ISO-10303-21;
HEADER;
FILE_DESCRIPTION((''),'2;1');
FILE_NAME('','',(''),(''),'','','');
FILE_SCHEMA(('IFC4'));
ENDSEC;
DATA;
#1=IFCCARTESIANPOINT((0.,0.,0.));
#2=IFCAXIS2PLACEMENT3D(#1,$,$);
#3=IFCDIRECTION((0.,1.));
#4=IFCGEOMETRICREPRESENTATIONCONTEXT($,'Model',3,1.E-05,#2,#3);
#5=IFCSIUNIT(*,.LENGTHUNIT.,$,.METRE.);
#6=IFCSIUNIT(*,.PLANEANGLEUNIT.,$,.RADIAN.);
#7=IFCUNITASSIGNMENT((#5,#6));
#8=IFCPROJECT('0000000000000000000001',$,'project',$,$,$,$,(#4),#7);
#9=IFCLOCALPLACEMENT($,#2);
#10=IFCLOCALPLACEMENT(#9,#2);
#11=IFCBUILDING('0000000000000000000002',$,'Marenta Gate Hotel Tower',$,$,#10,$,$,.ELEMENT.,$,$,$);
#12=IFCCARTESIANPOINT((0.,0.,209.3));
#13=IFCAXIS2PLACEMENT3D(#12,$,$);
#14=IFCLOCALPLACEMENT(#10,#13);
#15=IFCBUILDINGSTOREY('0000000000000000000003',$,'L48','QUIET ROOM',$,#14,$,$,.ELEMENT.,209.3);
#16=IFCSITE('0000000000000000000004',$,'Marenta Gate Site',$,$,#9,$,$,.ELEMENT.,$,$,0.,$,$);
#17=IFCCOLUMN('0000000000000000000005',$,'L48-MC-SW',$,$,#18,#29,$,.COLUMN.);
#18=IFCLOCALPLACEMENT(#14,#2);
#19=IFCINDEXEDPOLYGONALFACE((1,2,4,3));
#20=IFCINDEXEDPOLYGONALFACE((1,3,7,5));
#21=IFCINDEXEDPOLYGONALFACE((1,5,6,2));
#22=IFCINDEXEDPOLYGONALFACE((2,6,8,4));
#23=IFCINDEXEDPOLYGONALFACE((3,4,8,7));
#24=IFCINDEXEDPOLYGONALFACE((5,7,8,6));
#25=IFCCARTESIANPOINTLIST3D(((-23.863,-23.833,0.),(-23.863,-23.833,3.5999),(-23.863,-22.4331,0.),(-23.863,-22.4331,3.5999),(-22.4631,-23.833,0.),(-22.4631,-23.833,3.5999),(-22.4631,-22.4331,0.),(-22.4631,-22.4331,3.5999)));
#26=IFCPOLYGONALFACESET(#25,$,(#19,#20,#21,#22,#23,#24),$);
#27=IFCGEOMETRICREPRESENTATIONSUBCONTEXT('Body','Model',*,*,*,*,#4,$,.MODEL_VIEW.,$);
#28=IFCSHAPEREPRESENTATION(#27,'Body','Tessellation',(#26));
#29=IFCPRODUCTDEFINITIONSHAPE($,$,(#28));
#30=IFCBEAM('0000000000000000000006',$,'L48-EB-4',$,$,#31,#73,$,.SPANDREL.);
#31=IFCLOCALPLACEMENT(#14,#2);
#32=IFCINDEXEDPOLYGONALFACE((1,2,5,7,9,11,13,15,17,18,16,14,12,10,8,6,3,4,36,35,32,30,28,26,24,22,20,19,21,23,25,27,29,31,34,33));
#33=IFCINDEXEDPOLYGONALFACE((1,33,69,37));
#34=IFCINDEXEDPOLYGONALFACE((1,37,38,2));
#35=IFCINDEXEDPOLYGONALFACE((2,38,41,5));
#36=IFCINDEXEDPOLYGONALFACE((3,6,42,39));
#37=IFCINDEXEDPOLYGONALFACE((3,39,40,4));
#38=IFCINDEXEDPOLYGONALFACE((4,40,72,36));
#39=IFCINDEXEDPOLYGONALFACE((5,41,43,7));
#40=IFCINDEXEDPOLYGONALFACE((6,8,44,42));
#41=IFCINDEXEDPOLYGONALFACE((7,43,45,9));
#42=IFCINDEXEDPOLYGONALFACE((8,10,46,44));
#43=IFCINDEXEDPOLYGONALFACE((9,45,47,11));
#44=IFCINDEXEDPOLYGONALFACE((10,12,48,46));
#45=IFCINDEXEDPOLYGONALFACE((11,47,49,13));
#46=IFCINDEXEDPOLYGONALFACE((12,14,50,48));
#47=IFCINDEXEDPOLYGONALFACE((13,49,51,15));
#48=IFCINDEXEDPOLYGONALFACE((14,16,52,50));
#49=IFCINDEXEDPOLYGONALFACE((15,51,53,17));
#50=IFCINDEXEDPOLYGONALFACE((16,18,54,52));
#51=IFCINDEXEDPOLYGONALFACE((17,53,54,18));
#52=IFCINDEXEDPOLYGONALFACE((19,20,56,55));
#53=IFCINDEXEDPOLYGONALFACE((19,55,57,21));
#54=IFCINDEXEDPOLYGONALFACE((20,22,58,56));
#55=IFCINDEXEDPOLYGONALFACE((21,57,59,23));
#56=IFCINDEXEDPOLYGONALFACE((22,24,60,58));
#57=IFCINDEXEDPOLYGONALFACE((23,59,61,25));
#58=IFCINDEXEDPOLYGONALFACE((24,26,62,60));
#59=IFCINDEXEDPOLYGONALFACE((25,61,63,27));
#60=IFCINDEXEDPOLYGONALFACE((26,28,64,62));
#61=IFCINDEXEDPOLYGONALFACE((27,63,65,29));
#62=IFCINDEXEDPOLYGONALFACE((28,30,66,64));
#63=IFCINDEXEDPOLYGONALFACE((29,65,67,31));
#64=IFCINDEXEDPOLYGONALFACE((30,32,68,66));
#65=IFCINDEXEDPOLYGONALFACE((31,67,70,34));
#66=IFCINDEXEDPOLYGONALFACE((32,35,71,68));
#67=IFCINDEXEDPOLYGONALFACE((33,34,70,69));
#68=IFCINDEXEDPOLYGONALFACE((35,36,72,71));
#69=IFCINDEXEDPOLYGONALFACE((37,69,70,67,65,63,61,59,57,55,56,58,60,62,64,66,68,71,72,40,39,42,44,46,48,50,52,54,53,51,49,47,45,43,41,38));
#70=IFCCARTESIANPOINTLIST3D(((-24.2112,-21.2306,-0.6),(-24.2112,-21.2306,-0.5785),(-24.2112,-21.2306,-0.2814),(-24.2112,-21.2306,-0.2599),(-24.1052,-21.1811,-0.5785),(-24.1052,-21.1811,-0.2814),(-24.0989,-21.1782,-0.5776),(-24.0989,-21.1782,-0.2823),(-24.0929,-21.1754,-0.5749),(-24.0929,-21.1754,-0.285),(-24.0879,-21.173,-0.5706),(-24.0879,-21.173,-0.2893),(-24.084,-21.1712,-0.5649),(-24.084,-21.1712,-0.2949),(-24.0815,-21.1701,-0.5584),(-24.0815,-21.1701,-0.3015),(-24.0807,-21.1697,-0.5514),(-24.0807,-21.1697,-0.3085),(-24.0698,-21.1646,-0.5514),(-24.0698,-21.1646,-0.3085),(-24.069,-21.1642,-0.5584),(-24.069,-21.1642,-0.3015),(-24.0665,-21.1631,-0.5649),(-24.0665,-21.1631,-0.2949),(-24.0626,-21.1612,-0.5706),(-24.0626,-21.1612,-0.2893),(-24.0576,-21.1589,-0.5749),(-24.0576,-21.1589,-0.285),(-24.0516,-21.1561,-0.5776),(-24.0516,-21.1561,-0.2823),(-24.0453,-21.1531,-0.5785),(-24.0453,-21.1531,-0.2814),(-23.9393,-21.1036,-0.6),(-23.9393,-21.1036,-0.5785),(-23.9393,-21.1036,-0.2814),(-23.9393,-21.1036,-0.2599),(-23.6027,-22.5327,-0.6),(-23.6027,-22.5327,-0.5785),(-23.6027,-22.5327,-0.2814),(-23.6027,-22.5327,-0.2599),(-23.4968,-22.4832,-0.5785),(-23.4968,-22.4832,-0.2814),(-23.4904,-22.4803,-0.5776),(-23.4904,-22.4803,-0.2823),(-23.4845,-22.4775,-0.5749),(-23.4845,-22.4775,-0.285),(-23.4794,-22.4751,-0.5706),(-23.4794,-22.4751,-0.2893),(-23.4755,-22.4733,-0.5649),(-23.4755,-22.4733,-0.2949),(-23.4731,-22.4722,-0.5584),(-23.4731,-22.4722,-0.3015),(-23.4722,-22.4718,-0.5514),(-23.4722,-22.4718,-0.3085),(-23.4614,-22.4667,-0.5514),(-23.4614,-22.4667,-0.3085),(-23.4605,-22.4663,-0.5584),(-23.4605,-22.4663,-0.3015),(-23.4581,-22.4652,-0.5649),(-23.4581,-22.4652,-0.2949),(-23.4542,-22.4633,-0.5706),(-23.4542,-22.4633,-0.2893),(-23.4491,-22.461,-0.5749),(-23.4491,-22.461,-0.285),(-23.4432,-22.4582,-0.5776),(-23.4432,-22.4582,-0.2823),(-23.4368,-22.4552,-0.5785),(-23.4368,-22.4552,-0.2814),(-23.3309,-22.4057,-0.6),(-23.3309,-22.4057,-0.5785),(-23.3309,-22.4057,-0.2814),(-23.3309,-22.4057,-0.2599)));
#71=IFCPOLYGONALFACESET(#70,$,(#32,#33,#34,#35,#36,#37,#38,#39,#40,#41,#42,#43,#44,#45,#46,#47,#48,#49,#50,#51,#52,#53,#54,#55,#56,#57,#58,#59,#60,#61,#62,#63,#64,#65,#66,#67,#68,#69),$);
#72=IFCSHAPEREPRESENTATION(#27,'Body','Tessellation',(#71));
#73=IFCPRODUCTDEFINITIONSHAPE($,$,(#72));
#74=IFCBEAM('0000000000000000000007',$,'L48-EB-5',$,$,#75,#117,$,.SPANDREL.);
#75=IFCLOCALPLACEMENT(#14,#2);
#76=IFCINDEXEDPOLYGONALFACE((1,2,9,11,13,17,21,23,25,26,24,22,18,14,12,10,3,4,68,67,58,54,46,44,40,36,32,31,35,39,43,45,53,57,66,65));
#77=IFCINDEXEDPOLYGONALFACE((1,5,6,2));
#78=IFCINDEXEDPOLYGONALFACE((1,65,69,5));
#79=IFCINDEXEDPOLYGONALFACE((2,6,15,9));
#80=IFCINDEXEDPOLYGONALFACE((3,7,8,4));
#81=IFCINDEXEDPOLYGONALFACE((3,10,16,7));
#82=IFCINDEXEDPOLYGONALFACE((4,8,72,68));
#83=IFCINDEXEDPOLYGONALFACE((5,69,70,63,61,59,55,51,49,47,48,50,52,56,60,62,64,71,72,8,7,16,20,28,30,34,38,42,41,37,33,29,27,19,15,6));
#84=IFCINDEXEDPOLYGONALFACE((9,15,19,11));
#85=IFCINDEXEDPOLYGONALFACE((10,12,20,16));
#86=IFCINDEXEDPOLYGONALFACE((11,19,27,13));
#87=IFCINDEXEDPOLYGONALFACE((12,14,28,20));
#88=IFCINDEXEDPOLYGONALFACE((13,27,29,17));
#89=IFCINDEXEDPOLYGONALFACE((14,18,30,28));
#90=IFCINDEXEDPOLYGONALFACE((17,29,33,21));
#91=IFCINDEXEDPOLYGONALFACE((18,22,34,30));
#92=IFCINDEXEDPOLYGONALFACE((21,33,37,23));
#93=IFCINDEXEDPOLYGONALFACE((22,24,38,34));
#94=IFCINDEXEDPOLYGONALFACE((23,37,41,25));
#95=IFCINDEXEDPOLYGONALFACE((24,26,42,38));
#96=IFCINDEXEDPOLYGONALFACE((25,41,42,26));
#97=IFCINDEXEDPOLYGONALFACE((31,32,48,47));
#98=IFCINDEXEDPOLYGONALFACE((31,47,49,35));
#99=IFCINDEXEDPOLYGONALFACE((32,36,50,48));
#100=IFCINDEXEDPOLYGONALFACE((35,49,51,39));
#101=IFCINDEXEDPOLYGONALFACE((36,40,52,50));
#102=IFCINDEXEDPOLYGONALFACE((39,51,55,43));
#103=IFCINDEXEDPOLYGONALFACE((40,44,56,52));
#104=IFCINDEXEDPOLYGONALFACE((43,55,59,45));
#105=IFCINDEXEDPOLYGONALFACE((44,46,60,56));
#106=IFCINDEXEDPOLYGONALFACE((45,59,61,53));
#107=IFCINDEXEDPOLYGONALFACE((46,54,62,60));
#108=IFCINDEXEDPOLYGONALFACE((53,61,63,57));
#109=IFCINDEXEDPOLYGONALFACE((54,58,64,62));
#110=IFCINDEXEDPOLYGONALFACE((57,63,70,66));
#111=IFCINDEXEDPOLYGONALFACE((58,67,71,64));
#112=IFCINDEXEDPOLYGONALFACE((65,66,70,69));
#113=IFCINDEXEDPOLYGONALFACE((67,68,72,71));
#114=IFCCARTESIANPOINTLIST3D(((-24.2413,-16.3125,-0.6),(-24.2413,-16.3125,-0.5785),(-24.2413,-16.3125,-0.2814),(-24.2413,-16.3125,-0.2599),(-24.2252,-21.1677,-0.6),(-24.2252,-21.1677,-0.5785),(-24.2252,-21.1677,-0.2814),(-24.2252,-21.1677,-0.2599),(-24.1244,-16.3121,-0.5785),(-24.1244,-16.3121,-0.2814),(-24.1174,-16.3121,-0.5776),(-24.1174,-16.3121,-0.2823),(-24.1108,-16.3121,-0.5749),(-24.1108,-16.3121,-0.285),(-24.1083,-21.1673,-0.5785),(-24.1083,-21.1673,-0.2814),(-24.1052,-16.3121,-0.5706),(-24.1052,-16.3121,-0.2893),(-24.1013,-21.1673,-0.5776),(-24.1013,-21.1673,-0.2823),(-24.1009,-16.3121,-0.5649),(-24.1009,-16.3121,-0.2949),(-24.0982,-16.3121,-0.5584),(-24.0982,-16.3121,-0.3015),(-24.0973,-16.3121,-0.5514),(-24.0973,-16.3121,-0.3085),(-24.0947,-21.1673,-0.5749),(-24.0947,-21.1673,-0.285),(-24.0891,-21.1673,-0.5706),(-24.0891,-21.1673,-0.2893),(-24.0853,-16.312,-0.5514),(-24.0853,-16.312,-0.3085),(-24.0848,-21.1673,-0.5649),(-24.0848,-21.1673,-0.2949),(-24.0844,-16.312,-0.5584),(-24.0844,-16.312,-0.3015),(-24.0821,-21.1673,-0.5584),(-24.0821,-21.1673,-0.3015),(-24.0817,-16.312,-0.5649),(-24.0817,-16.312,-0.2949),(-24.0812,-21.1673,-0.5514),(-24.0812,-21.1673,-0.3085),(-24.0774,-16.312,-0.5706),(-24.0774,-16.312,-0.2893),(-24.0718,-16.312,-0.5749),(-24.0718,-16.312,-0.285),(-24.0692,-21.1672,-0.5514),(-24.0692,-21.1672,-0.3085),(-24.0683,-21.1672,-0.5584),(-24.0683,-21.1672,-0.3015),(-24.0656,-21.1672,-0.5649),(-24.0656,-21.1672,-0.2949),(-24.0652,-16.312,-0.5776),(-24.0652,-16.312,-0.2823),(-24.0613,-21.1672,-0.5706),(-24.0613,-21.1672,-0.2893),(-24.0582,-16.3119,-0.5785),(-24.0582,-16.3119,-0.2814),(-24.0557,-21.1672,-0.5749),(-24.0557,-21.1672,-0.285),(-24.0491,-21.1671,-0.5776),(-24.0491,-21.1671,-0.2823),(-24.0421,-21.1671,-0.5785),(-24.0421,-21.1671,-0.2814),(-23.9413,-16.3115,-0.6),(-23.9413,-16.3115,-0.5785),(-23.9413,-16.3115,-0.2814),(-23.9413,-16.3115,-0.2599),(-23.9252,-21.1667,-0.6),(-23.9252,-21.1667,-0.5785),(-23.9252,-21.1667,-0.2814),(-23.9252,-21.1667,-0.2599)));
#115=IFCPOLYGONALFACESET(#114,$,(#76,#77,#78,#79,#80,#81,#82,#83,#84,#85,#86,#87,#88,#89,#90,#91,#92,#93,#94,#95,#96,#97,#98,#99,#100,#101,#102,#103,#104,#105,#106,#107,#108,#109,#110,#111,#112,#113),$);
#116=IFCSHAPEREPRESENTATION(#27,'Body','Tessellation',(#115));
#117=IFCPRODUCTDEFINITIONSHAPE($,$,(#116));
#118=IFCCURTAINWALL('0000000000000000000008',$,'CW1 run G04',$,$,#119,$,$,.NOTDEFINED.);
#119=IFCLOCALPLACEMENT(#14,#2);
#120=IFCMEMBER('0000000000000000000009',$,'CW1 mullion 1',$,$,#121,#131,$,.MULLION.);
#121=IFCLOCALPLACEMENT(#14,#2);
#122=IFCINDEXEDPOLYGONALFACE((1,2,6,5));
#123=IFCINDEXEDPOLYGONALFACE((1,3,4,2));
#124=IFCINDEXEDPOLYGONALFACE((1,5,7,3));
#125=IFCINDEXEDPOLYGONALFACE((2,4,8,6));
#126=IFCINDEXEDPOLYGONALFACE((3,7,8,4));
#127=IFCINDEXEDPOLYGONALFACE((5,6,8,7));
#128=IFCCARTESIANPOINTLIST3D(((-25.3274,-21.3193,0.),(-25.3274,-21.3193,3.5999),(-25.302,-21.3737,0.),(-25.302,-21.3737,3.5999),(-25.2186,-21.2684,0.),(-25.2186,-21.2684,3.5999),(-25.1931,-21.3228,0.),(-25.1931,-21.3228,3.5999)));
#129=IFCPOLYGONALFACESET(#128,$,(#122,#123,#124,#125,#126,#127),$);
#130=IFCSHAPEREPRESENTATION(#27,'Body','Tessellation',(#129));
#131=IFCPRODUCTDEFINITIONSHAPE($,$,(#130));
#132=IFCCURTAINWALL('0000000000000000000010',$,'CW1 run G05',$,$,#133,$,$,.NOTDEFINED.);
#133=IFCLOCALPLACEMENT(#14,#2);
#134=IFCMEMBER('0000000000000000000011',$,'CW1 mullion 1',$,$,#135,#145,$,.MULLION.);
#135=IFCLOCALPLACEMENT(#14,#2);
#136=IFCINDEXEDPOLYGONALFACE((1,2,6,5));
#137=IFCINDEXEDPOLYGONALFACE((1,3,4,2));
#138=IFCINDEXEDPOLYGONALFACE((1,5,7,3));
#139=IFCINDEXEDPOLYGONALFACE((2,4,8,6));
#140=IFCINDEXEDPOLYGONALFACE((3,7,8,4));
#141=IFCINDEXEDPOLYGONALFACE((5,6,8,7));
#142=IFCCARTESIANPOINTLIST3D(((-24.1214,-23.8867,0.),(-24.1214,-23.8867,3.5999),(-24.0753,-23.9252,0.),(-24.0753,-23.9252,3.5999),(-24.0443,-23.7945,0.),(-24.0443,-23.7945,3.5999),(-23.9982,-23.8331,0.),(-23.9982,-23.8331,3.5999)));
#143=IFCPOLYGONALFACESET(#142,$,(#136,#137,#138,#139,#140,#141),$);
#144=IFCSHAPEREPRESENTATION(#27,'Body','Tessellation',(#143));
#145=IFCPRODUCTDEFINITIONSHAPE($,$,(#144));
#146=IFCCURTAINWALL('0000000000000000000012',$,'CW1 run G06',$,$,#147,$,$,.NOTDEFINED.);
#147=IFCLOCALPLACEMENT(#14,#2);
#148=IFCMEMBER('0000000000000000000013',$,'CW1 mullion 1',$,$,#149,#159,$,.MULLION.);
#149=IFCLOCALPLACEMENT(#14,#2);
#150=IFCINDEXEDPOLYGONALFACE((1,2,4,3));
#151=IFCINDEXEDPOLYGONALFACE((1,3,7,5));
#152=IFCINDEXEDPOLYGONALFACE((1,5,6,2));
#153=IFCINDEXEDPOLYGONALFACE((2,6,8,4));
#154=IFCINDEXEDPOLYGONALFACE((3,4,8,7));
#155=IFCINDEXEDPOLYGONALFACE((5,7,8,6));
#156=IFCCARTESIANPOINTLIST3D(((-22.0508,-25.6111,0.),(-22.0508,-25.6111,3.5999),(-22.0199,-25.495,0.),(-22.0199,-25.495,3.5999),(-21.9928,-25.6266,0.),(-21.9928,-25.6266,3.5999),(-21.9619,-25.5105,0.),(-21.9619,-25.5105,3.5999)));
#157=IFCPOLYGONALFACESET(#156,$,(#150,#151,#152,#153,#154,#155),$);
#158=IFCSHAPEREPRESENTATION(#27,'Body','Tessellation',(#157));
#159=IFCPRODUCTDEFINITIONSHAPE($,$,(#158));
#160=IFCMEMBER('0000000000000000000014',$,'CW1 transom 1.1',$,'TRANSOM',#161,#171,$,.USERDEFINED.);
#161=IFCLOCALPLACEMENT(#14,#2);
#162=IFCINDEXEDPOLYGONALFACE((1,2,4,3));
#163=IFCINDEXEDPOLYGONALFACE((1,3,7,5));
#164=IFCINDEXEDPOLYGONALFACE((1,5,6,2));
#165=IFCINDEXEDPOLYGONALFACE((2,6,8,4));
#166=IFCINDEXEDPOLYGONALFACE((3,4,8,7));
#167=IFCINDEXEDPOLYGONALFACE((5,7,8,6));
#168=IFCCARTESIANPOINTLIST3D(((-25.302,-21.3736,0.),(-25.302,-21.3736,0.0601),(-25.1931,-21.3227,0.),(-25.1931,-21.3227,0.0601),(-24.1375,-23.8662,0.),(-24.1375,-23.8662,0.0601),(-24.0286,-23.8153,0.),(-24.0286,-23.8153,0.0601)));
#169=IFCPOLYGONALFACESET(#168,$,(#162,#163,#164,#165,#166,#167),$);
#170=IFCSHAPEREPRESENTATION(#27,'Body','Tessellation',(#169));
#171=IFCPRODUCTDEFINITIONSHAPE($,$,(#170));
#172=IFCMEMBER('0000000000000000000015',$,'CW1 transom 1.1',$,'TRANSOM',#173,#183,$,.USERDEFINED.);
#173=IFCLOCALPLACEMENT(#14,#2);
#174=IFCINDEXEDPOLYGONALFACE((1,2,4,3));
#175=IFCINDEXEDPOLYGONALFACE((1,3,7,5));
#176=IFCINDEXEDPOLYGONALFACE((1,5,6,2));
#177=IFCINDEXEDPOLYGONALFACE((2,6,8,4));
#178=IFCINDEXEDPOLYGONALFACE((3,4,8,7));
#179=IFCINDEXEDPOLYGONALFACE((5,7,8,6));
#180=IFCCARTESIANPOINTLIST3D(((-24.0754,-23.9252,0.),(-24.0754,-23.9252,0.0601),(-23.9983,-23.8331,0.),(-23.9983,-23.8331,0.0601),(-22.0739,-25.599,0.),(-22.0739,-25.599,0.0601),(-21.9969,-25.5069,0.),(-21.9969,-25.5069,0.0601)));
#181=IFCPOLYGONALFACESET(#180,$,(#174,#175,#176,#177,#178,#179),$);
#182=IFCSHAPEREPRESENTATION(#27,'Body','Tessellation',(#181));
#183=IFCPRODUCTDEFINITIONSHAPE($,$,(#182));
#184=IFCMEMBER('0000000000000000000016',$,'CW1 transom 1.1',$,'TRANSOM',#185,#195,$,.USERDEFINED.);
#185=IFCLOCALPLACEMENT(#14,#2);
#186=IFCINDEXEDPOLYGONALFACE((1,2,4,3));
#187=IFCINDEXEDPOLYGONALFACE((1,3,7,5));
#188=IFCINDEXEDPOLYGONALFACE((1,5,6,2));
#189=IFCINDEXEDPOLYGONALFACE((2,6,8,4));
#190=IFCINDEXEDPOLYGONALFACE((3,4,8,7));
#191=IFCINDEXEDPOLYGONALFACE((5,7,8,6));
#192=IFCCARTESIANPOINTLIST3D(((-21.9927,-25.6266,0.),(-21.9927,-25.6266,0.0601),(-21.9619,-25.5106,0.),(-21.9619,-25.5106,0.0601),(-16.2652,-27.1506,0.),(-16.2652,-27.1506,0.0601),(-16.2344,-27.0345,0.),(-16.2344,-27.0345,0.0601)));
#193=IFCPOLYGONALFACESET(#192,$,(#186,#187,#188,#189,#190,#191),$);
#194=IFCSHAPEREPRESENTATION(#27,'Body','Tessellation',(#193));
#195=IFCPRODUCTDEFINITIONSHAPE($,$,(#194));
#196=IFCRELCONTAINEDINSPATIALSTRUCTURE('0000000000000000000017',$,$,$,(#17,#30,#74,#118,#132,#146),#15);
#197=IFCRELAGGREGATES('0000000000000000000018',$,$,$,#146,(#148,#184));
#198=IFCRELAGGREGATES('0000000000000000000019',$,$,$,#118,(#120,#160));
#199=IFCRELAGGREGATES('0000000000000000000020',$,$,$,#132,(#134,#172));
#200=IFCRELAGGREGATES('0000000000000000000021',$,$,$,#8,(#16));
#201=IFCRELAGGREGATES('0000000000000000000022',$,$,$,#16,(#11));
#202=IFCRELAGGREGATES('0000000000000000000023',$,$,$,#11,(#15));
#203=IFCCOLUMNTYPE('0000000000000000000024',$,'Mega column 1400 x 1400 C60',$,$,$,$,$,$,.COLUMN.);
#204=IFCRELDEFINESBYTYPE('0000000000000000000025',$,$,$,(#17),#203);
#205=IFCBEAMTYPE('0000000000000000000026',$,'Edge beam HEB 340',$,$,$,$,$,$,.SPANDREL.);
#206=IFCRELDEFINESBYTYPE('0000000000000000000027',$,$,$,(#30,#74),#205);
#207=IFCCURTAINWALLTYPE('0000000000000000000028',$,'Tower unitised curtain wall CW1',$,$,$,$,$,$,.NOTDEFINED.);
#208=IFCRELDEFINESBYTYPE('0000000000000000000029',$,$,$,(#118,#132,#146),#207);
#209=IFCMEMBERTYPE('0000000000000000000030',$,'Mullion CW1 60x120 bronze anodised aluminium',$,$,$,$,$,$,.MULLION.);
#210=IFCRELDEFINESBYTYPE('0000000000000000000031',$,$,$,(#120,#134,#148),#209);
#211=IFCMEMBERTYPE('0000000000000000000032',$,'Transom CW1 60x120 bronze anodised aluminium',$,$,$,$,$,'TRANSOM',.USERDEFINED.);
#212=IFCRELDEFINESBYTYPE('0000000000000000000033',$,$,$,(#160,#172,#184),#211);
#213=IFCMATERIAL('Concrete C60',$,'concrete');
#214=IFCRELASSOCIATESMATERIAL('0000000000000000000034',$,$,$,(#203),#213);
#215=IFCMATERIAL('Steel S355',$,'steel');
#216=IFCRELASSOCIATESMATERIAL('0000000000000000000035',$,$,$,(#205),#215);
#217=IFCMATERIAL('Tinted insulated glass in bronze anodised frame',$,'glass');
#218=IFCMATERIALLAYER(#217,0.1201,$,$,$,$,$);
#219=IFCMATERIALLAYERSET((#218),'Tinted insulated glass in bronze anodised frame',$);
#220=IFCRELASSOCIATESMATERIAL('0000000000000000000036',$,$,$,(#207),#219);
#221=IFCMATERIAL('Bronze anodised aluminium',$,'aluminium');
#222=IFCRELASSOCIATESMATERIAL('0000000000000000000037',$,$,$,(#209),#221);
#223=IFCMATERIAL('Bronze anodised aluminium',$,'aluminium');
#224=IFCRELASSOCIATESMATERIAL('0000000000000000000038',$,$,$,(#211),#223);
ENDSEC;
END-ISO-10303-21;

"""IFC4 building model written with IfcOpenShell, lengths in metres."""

from ifc_helpers import new_model, si_unit, direction, frame, origin, origin_2d, place, context, subcontext, project, spatial, rectangle, i_section, extrude, material, layer, layer_set, material_profile, profile_set, type_object, element, aggregate, save


model = new_model("IFC4")

# Units and contexts
model_context = context("Model", 3, precision=1e-05, world=origin(), true_north=direction((0.0, 1.0)))
body_context = subcontext(model_context, "Body", "Model", "MODEL_VIEW")
ifc_project = project(units=[si_unit("LENGTHUNIT", "METRE"), si_unit("PLANEANGLEUNIT", "RADIAN")], contexts=[model_context])

# Site, building, storey
site_placement = place(None, origin())
site = spatial("IfcSite", under=ifc_project, at=site_placement, Name="Marenta Gate Site", CompositionType="ELEMENT", RefElevation=0.0)
building_placement = place(site_placement, origin())
building = spatial("IfcBuilding", under=site, at=building_placement, Name="Marenta Gate Hotel Tower", CompositionType="ELEMENT")
storey_placement = place(building_placement, frame((0.0, 0.0, 209.3)))
storey = spatial("IfcBuildingStorey", under=building, at=storey_placement, Name="L48", Description="QUIET ROOM", CompositionType="ELEMENT", Elevation=209.3)

# Column
ifc_material_1 = material(Name="Concrete C60", Category="concrete")
ifc_material_profile_1 = material_profile(ifc_material_1, rectangle(XDim=1.3999, YDim=1.3999, at=origin_2d()), Name="1400 x 1400")
ifc_profile_set_1 = profile_set([ifc_material_profile_1], Name="Concrete C60")
column_type = type_object("IfcColumnType", Name="Mega column 1400 x 1400 C60", PredefinedType="COLUMN", material=ifc_profile_set_1)
column_placement = place(storey_placement, frame((-23.1631, -23.1331, 0.0), z_axis=(0.0, 0.0, 1.0), x_axis=(1.0, 0.0, 0.0)))
element("IfcColumn", 1, at=column_placement, inside=storey, type_object=column_type, Name="L48-MC-SW", PredefinedType="COLUMN", context=body_context, shape_type="SweptSolid", body=[
    extrude(rectangle(XDim=1.3999, YDim=1.3999, at=origin_2d()), origin(), (0.0, 0.0, 1.0), 3.5999),
])

# Beams
ifc_material_2 = material(Name="Steel S355", Category="steel")
ifc_material_profile_2 = material_profile(ifc_material_2, i_section(OverallWidth=0.3, OverallDepth=0.3401, WebThickness=0.012, FlangeThickness=0.0215, FilletRadius=0.0271, at=origin_2d()), Name="HEB 340")
ifc_profile_set_2 = profile_set([ifc_material_profile_2], Name="Steel S355")
beam_type = type_object("IfcBeamType", Name="Edge beam HEB 340", PredefinedType="SPANDREL", material=ifc_profile_set_2)
beam_1_placement = place(storey_placement, frame((-23.4668, -22.4692, -0.4299), z_axis=(-0.423341, 0.90597, 0.0), x_axis=(-0.90597, -0.423341, 0.0)))
element("IfcBeam", 2, at=beam_1_placement, inside=storey, type_object=beam_type, Name="L48-EB-4", PredefinedType="SPANDREL", context=body_context, shape_type="SweptSolid", body=[
    extrude(i_section(OverallWidth=0.3, OverallDepth=0.3401, WebThickness=0.012, FlangeThickness=0.0215, FilletRadius=0.0271, at=origin_2d()), origin(), (0.0, 0.0, 1.0), 1.4373),
])
beam_2_placement = place(storey_placement, frame((-24.0752, -21.1672, -0.4299), z_axis=(-0.003319, 0.999994, 0.0), x_axis=(-0.999994, -0.003319, 0.0)))
element("IfcBeam", 3, at=beam_2_placement, inside=storey, type_object=beam_type, Name="L48-EB-5", PredefinedType="SPANDREL", context=body_context, shape_type="SweptSolid", body=[
    extrude(i_section(OverallWidth=0.3, OverallDepth=0.3401, WebThickness=0.012, FlangeThickness=0.0215, FilletRadius=0.0271, at=origin_2d()), origin(), (0.0, 0.0, 1.0), 4.8552),
])

# Curtain walls, members
ifc_material_3 = material(Name="Tinted insulated glass in bronze anodised frame", Category="glass")
ifc_layer_1 = layer(ifc_material_3, 0.1201)
ifc_layer_set_1 = layer_set([ifc_layer_1], Name="Tinted insulated glass in bronze anodised frame")
curtain_wall_type = type_object("IfcCurtainWallType", Name="Tower unitised curtain wall CW1", PredefinedType="NOTDEFINED", material=ifc_layer_set_1)
curtain_wall_1_placement = place(storey_placement, origin())
curtain_wall_1 = element("IfcCurtainWall", 4, at=curtain_wall_1_placement, inside=storey, type_object=curtain_wall_type, Name="CW1 run G04", PredefinedType="NOTDEFINED")
ifc_material_4 = material(Name="Bronze anodised aluminium", Category="aluminium")
ifc_material_profile_3 = material_profile(ifc_material_4, rectangle(XDim=0.1201, YDim=0.0601, at=origin_2d()), Name="Mullion CW1 60x120 bronze anodised aluminium")
ifc_profile_set_3 = profile_set([ifc_material_profile_3], Name="Bronze anodised aluminium")
member_type_1 = type_object("IfcMemberType", Name="Mullion CW1 60x120 bronze anodised aluminium", PredefinedType="MULLION", material=ifc_profile_set_3)
member_1_placement = place(storey_placement, frame((-25.2603, -21.321, 0.0), z_axis=(0.0, 0.0, 1.0), x_axis=(0.905972, 0.423337, 0.0)))
member_1 = element("IfcMember", 5, at=member_1_placement, type_object=member_type_1, Name="CW1 mullion 1", PredefinedType="MULLION", context=body_context, shape_type="SweptSolid", body=[
    extrude(rectangle(XDim=0.1201, YDim=0.0601, at=origin_2d()), origin(), (0.0, 0.0, 1.0), 3.5999),
])
curtain_wall_2_placement = place(storey_placement, origin())
curtain_wall_2 = element("IfcCurtainWall", 6, at=curtain_wall_2_placement, inside=storey, type_object=curtain_wall_type, Name="CW1 run G05", PredefinedType="NOTDEFINED")
member_2_placement = place(storey_placement, frame((-24.0598, -23.8599, 0.0), z_axis=(0.0, 0.0, 1.0), x_axis=(0.641525, 0.767102, 0.0)))
member_2 = element("IfcMember", 7, at=member_2_placement, type_object=member_type_1, Name="CW1 mullion 1", PredefinedType="MULLION", context=body_context, shape_type="SweptSolid", body=[
    extrude(rectangle(XDim=0.1201, YDim=0.0601, at=origin_2d()), origin(), (0.0, 0.0, 1.0), 3.5999),
])
curtain_wall_3_placement = place(storey_placement, origin())
curtain_wall_3 = element("IfcCurtainWall", 8, at=curtain_wall_3_placement, inside=storey, type_object=curtain_wall_type, Name="CW1 run G06", PredefinedType="NOTDEFINED")
member_3_placement = place(storey_placement, frame((-22.0063, -25.5608, 0.0), z_axis=(0.0, 0.0, 1.0), x_axis=(0.257139, 0.966374, 0.0)))
member_3 = element("IfcMember", 9, at=member_3_placement, type_object=member_type_1, Name="CW1 mullion 1", PredefinedType="MULLION", context=body_context, shape_type="SweptSolid", body=[
    extrude(rectangle(XDim=0.1201, YDim=0.0601, at=origin_2d()), origin(), (0.0, 0.0, 1.0), 3.5999),
])

# Members
ifc_material_5 = material(Name="Bronze anodised aluminium", Category="aluminium")
ifc_material_profile_4 = material_profile(ifc_material_5, rectangle(XDim=0.1201, YDim=0.0601, at=origin_2d()), Name="Transom CW1 60x120 bronze anodised aluminium")
ifc_profile_set_4 = profile_set([ifc_material_profile_4], Name="Bronze anodised aluminium")
member_type_2 = type_object("IfcMemberType", Name="Transom CW1 60x120 bronze anodised aluminium", ElementType="TRANSOM", PredefinedType="USERDEFINED", material=ifc_profile_set_4)
member_4_placement = place(storey_placement, frame((-25.2476, -21.3481, 0.03), z_axis=(0.423274, -0.906002, 0.0), x_axis=(0.906002, 0.423274, 0.0)))
member_4 = element("IfcMember", 10, at=member_4_placement, type_object=member_type_2, Name="CW1 transom 1.1", ObjectType="TRANSOM", PredefinedType="USERDEFINED", context=body_context, shape_type="SweptSolid", body=[
    extrude(rectangle(XDim=0.1201, YDim=0.0601, at=origin_2d()), origin(), (0.0, 0.0, 1.0), 2.7512),
])
member_5_placement = place(storey_placement, frame((-24.0369, -23.8792, 0.03), z_axis=(0.7671, -0.641527, 0.0), x_axis=(0.641527, 0.7671, 0.0)))
member_5 = element("IfcMember", 11, at=member_5_placement, type_object=member_type_2, Name="CW1 transom 1.1", ObjectType="TRANSOM", PredefinedType="USERDEFINED", context=body_context, shape_type="SweptSolid", body=[
    extrude(rectangle(XDim=0.1201, YDim=0.0601, at=origin_2d()), origin(), (0.0, 0.0, 1.0), 2.6091),
])
member_6_placement = place(storey_placement, frame((-21.9773, -25.5686, 0.03), z_axis=(0.966378, -0.257124, 0.0), x_axis=(0.257124, 0.966378, 0.0)))
member_6 = element("IfcMember", 12, at=member_6_placement, type_object=member_type_2, Name="CW1 transom 1.1", ObjectType="TRANSOM", PredefinedType="USERDEFINED", context=body_context, shape_type="SweptSolid", body=[
    extrude(rectangle(XDim=0.1201, YDim=0.0601, at=origin_2d()), origin(), (0.0, 0.0, 1.0), 5.9268),
])
aggregate(curtain_wall_3, [member_3, member_6])

aggregate(curtain_wall_1, [member_1, member_4])
aggregate(curtain_wall_2, [member_2, member_5])

save(model, "model.ifc")
